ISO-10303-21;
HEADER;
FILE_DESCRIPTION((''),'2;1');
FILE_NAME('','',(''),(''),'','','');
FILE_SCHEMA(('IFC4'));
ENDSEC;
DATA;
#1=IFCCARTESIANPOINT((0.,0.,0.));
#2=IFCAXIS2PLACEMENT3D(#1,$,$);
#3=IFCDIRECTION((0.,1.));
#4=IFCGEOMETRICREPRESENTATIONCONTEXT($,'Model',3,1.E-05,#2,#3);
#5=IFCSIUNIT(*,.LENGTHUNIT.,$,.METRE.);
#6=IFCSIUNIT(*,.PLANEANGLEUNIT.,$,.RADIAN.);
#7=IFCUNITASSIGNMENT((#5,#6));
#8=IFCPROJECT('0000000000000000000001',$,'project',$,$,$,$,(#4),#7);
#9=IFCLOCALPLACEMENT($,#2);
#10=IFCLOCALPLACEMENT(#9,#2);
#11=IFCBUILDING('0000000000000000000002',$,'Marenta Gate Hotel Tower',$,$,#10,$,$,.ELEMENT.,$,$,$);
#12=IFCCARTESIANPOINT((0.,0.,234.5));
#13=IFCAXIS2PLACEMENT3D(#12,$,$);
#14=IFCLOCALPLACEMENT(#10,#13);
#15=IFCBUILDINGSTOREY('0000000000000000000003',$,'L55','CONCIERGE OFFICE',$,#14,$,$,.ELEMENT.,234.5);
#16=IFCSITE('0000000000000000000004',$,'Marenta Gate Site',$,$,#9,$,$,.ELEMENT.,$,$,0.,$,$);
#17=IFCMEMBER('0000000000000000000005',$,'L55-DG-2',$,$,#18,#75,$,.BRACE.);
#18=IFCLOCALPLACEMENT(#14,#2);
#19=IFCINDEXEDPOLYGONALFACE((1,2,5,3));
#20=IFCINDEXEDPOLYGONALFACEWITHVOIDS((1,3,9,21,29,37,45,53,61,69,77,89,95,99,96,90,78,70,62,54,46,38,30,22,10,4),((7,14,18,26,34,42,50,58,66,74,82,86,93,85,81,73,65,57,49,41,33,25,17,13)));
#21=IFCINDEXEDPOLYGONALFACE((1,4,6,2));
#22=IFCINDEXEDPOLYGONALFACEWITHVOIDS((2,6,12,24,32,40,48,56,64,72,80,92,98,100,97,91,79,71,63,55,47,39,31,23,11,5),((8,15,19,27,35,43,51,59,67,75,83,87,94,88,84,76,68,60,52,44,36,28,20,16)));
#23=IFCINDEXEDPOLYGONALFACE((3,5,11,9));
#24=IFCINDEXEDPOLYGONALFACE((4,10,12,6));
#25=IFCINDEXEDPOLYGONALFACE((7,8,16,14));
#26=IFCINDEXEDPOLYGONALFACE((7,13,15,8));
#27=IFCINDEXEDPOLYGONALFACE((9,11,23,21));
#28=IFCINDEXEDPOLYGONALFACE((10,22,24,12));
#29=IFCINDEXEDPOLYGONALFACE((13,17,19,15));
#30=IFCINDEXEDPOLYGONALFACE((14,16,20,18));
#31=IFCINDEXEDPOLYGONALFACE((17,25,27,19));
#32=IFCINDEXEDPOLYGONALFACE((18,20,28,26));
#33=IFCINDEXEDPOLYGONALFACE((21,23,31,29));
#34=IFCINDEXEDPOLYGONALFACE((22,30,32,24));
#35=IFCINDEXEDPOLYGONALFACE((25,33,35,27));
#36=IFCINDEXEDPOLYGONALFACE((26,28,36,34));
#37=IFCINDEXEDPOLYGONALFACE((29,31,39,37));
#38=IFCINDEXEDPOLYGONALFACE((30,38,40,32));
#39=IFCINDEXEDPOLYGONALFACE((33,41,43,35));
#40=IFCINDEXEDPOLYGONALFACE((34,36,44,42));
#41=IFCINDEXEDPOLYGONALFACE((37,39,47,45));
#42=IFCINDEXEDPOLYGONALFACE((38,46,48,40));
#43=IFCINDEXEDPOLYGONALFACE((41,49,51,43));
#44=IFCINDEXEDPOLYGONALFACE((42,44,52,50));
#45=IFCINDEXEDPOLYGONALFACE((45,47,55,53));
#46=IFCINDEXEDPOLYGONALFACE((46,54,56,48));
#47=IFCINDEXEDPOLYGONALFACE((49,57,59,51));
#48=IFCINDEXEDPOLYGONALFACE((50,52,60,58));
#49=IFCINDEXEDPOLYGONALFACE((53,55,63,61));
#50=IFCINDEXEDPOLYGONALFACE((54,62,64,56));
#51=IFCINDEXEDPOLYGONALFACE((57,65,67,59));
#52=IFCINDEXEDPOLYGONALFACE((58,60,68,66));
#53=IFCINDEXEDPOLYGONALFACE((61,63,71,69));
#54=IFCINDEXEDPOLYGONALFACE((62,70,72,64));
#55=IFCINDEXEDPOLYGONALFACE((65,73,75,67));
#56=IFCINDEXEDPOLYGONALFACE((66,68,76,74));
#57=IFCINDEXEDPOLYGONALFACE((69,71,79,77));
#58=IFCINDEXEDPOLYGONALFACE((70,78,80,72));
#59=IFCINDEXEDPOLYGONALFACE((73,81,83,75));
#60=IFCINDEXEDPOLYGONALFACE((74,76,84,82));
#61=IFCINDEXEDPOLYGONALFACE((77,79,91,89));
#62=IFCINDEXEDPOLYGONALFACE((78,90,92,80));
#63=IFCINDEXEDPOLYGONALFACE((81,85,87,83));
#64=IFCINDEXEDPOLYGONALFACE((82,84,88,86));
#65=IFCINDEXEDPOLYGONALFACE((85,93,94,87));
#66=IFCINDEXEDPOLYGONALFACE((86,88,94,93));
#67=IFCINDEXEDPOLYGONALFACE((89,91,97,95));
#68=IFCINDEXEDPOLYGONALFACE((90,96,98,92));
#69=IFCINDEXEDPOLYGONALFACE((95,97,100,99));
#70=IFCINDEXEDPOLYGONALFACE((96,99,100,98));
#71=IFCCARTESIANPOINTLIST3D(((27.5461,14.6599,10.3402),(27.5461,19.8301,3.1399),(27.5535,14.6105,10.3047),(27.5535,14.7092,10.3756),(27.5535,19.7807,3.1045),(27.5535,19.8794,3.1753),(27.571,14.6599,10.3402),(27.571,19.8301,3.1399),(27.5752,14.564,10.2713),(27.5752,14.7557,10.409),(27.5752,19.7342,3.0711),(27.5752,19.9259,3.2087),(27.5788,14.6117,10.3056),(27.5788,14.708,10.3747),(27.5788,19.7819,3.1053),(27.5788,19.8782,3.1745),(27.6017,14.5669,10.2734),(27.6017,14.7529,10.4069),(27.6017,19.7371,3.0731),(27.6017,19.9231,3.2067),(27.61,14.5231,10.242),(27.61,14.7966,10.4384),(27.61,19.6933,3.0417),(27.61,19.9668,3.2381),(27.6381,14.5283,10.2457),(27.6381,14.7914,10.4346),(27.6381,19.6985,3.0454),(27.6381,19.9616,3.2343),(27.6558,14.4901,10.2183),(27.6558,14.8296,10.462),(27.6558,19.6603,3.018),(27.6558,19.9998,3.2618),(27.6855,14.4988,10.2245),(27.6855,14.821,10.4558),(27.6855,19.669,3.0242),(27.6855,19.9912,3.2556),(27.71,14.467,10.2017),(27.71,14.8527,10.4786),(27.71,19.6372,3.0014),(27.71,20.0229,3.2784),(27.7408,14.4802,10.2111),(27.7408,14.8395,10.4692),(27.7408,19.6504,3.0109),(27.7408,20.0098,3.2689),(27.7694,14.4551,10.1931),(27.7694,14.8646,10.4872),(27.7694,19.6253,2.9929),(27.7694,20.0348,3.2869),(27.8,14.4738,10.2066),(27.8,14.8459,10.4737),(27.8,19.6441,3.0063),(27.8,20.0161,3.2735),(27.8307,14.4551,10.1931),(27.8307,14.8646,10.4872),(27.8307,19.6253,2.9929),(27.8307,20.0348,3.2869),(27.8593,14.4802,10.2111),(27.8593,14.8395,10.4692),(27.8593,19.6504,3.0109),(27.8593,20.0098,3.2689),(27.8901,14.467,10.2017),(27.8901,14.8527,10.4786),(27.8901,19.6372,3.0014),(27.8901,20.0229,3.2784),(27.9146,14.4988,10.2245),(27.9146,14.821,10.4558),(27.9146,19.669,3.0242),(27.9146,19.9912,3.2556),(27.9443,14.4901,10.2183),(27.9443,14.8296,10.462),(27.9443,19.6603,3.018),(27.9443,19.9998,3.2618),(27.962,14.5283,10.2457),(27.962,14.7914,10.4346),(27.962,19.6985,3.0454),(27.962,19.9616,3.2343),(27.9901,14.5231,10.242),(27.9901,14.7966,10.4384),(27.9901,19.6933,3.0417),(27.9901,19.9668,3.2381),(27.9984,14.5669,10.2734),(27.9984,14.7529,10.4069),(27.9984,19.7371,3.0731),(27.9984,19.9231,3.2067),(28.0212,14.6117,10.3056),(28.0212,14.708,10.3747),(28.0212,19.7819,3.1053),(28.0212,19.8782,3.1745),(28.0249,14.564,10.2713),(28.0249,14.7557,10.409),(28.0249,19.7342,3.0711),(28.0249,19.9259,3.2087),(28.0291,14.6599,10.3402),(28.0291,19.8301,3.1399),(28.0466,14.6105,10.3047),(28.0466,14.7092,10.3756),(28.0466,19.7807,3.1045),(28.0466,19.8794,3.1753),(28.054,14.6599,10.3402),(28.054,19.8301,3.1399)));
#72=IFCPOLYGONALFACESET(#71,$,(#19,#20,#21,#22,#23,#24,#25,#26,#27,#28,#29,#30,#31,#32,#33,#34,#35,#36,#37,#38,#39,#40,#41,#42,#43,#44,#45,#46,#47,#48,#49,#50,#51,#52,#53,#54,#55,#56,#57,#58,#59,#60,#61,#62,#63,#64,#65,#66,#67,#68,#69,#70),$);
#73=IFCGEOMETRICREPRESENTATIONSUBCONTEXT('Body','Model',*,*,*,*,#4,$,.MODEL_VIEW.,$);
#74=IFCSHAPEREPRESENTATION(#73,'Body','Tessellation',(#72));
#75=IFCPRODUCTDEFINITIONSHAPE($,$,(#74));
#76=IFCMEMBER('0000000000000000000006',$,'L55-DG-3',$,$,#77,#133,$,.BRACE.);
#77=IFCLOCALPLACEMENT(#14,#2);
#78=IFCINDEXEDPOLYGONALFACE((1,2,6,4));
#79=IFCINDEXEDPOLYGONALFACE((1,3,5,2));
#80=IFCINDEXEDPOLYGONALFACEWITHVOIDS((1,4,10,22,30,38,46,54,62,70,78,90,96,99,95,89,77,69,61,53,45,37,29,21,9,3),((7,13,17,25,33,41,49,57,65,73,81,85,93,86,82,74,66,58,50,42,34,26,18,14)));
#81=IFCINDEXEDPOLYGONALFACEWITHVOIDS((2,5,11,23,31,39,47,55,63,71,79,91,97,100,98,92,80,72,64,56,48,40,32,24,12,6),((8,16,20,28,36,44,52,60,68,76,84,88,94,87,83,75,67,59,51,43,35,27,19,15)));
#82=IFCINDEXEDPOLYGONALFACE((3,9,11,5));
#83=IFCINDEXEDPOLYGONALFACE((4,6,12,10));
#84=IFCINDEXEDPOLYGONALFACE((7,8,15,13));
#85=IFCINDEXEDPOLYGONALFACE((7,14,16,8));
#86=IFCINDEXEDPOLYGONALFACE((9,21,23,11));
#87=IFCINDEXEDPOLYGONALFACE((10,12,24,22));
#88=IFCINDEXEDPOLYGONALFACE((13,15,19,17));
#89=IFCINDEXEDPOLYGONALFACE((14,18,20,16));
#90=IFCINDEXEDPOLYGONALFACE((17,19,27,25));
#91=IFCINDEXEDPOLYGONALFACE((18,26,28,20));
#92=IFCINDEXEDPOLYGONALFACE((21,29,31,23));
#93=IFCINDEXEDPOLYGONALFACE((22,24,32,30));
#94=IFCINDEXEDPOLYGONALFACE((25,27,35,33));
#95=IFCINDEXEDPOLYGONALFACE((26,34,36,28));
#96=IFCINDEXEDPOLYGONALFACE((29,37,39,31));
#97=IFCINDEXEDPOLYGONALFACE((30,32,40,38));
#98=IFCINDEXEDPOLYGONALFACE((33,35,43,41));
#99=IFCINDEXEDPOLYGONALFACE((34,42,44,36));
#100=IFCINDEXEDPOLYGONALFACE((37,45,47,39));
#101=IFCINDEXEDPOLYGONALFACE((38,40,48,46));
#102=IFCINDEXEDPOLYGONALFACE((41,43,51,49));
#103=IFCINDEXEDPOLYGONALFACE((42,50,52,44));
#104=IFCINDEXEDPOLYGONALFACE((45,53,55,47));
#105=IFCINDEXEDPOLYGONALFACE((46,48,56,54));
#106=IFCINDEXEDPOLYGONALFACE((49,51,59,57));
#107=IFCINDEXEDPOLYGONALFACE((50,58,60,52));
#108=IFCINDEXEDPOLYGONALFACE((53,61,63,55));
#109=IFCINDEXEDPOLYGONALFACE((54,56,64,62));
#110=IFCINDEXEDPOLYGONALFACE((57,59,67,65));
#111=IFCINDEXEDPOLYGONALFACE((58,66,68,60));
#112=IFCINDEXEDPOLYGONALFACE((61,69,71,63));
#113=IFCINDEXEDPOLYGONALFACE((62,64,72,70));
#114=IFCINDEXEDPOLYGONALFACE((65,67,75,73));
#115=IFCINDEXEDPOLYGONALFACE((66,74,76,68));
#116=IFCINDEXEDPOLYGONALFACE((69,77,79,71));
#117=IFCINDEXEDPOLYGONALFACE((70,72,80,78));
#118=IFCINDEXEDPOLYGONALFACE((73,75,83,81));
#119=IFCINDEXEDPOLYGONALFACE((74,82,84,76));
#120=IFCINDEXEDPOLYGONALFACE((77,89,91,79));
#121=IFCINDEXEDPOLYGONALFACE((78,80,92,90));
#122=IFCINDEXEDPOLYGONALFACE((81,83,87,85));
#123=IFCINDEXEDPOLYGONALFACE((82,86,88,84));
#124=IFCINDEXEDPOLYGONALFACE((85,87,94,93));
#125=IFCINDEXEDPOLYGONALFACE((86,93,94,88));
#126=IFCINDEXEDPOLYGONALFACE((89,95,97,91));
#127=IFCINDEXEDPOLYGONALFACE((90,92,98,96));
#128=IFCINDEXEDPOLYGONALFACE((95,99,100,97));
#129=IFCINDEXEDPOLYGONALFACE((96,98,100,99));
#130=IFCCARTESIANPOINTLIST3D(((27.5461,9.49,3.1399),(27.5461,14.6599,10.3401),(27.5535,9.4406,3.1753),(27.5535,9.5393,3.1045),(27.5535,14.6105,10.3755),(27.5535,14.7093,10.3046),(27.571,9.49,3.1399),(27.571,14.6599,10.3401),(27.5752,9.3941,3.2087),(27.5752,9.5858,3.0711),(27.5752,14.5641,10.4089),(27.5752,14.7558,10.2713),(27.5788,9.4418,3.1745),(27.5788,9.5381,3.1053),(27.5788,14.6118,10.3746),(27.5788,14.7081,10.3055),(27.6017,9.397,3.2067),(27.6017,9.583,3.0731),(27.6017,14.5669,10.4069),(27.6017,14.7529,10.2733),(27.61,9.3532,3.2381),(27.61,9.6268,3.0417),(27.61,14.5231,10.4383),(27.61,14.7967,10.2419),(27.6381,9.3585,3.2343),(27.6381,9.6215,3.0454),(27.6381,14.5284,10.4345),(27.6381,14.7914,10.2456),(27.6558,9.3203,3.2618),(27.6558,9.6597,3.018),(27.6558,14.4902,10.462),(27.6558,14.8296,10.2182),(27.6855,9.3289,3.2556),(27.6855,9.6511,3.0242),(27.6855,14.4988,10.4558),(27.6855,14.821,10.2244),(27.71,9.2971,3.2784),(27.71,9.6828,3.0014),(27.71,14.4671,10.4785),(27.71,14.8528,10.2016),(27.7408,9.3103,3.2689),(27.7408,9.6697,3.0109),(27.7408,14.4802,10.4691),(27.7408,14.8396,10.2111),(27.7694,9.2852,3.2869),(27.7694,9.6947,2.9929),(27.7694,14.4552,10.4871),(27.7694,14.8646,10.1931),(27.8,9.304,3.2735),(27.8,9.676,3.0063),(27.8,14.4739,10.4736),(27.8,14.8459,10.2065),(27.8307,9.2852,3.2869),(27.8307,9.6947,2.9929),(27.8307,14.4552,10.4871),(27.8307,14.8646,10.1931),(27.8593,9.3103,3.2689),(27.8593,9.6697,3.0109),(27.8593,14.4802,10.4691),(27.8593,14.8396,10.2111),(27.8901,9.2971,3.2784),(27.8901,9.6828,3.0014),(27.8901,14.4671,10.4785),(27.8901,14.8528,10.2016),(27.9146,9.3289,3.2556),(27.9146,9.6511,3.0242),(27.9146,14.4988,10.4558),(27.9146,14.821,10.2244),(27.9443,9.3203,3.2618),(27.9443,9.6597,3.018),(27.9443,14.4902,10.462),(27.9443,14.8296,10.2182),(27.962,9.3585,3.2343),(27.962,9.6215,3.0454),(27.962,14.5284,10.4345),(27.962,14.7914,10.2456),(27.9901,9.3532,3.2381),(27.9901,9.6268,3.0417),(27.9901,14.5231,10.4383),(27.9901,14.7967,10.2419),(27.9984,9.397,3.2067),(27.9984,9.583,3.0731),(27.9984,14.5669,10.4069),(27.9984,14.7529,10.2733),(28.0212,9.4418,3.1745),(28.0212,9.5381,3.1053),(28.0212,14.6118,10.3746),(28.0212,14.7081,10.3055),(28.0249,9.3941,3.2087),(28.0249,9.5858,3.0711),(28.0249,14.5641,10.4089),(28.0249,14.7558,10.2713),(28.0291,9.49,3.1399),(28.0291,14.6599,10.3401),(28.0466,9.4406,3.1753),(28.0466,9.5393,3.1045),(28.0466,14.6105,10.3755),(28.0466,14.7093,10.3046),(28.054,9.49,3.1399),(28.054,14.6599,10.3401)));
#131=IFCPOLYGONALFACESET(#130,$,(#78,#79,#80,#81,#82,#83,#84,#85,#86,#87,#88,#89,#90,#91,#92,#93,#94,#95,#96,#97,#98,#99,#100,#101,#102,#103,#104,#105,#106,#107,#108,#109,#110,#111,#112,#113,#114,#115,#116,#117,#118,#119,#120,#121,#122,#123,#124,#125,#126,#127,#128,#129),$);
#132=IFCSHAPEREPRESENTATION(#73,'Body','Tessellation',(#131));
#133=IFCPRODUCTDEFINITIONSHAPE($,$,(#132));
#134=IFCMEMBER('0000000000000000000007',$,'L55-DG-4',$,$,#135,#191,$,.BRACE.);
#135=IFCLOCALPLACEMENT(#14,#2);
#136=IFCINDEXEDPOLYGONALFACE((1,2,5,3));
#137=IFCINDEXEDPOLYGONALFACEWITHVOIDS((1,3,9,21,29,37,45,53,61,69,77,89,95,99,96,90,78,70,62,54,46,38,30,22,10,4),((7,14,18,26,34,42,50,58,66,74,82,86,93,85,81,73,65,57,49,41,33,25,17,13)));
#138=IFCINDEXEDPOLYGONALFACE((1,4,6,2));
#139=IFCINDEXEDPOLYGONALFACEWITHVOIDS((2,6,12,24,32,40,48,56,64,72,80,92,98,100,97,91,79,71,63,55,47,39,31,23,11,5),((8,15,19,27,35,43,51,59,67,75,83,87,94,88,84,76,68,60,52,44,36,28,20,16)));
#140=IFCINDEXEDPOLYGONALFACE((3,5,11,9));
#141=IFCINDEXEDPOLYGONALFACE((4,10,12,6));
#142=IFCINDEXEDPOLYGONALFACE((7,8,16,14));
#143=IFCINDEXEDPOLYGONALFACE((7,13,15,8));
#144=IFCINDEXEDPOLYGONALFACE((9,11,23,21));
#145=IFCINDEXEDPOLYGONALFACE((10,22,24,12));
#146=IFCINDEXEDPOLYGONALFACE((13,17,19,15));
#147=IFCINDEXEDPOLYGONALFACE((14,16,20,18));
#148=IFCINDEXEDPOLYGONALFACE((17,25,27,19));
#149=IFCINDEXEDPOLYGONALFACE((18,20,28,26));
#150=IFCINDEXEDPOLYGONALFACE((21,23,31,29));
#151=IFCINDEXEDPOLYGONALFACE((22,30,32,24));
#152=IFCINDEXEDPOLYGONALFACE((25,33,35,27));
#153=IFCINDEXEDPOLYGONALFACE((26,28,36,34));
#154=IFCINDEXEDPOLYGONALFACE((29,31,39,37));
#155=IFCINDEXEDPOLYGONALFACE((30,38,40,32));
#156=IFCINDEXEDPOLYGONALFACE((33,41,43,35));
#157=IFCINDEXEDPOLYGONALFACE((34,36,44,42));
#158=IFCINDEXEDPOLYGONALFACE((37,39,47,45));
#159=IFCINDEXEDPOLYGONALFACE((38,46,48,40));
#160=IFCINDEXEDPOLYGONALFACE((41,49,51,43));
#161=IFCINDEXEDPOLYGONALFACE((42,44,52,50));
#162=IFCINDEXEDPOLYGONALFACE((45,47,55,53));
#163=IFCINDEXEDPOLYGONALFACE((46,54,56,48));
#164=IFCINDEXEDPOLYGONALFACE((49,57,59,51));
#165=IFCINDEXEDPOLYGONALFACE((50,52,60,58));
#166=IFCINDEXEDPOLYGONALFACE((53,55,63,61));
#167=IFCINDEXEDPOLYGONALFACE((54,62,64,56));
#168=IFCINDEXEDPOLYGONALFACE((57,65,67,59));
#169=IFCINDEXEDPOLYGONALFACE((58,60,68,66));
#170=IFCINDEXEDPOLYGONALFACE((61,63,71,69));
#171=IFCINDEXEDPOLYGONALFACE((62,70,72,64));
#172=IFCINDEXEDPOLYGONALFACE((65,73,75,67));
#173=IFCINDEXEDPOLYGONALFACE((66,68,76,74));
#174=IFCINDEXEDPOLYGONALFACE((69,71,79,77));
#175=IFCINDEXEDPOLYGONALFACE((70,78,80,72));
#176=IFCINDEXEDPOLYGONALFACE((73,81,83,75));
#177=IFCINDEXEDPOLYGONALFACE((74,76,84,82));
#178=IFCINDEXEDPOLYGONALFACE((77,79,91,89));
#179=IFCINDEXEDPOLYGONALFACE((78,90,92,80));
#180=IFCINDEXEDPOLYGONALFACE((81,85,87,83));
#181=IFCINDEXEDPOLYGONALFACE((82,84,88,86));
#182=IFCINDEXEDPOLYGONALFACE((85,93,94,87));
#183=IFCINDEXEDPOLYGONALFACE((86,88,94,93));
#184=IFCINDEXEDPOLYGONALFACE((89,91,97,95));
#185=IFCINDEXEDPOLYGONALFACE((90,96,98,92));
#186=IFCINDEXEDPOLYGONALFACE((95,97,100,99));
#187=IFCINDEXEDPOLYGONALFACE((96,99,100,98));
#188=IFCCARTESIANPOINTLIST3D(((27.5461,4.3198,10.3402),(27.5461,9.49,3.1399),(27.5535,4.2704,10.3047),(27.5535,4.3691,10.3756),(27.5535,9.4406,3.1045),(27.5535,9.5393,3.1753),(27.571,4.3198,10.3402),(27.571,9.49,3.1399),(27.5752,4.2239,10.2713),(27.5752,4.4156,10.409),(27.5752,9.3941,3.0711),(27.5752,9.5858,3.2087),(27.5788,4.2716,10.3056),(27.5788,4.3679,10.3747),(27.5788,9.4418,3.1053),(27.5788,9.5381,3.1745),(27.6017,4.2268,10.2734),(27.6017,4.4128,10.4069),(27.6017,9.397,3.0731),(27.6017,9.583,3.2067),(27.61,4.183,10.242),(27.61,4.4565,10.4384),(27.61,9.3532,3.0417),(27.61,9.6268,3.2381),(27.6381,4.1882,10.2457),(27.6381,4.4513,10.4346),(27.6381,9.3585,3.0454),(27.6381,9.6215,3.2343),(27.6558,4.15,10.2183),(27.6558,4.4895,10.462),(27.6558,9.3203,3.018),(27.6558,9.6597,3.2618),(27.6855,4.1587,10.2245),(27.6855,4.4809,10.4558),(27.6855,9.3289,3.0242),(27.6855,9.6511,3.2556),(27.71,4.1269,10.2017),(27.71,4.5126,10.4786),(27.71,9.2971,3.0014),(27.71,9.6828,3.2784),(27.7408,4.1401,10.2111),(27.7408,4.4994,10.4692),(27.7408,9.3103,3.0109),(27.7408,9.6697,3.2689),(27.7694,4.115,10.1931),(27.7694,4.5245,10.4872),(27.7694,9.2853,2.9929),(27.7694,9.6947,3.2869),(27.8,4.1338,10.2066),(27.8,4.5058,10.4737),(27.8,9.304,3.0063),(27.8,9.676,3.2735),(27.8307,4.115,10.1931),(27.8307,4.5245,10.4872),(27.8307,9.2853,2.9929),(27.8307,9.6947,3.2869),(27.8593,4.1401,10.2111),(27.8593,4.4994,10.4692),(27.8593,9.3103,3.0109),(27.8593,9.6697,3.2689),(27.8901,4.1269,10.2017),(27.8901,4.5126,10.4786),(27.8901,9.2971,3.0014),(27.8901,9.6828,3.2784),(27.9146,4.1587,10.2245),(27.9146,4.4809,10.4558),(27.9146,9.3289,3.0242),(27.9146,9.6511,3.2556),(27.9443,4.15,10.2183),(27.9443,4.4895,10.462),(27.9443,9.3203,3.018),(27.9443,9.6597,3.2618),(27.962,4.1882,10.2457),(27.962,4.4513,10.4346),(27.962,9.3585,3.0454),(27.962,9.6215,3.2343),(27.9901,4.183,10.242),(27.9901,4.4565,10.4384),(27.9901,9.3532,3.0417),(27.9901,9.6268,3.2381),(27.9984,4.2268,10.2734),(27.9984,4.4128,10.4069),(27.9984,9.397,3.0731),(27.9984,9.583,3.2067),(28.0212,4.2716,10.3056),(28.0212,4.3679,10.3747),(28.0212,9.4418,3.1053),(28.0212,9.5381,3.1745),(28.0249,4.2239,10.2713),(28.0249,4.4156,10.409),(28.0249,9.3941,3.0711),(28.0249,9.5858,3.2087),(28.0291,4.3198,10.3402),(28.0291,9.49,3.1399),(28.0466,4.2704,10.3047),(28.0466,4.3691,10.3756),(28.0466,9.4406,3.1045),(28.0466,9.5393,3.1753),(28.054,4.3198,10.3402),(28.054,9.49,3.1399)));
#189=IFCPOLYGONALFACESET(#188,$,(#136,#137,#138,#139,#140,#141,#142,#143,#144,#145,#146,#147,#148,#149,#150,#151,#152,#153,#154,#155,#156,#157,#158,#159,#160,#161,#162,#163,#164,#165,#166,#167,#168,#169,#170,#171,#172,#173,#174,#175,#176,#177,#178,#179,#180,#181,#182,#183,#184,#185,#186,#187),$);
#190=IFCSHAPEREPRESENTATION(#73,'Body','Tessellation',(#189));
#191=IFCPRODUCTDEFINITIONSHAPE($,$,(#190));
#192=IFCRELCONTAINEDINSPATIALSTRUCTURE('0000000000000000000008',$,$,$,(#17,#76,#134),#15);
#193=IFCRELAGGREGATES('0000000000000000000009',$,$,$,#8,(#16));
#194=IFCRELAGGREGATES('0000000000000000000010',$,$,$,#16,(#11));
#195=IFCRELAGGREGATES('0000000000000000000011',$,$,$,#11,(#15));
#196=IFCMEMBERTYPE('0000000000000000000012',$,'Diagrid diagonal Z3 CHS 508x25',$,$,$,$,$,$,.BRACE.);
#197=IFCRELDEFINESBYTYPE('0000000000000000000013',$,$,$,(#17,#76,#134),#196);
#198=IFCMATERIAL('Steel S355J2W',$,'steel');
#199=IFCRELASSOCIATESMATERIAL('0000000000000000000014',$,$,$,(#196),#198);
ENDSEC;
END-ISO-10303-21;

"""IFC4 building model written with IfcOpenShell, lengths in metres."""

from ifc_helpers import new_model, si_unit, direction, frame, origin, origin_2d, place, context, subcontext, project, spatial, hollow_circle, extrude, material, material_profile, profile_set, type_object, element, save


model = new_model("IFC4")

# Units and contexts
model_context = context("Model", 3, precision=1e-05, world=origin(), true_north=direction((0.0, 1.0)))
body_context = subcontext(model_context, "Body", "Model", "MODEL_VIEW")
ifc_project = project(units=[si_unit("LENGTHUNIT", "METRE"), si_unit("PLANEANGLEUNIT", "RADIAN")], contexts=[model_context])

# Site, building, storey
site_placement = place(None, origin())
site = spatial("IfcSite", under=ifc_project, at=site_placement, Name="Marenta Gate Site", CompositionType="ELEMENT", RefElevation=0.0)
building_placement = place(site_placement, origin())
building = spatial("IfcBuilding", under=site, at=building_placement, Name="Marenta Gate Hotel Tower", CompositionType="ELEMENT")
storey_placement = place(building_placement, frame((0.0, 0.0, 234.5)))
storey = spatial("IfcBuildingStorey", under=building, at=storey_placement, Name="L55", Description="CONCIERGE OFFICE", CompositionType="ELEMENT", Elevation=234.5)

# Members
ifc_material_1 = material(Name="Steel S355J2W", Category="steel")
ifc_material_profile_1 = material_profile(ifc_material_1, hollow_circle(Radius=0.2539, WallThickness=0.0249, at=origin_2d()), Name="CHS 508x25")
ifc_profile_set_1 = profile_set([ifc_material_profile_1], Name="Steel S355J2W")
member_type_1 = type_object("IfcMemberType", Name="Diagrid diagonal Z3 CHS 508x25", PredefinedType="BRACE", material=ifc_profile_set_1)
member_1_placement = place(storey_placement, frame((27.8, 19.8301, 3.1399), z_axis=(0.0, -0.583266, 0.812281), x_axis=(1.0, 0.0, 0.0)))
element("IfcMember", 1, at=member_1_placement, inside=storey, type_object=member_type_1, Name="L55-DG-2", PredefinedType="BRACE", context=body_context, shape_type="SweptSolid", body=[
    extrude(hollow_circle(Radius=0.2539, WallThickness=0.0249, at=origin_2d()), origin(), (0.0, 0.0, 1.0), 8.8643),
])
member_2_placement = place(storey_placement, frame((27.8, 9.49, 3.1399), z_axis=(0.0, 0.583248, 0.812294), x_axis=(-1.0, 0.0, 0.0)))
element("IfcMember", 2, at=member_2_placement, inside=storey, type_object=member_type_1, Name="L55-DG-3", PredefinedType="BRACE", context=body_context, shape_type="SweptSolid", body=[
    extrude(hollow_circle(Radius=0.2539, WallThickness=0.0249, at=origin_2d()), origin(), (0.0, 0.0, 1.0), 8.864),
])
member_3_placement = place(storey_placement, frame((27.8, 9.49, 3.1399), z_axis=(0.0, -0.583266, 0.812281), x_axis=(1.0, 0.0, 0.0)))
element("IfcMember", 3, at=member_3_placement, inside=storey, type_object=member_type_1, Name="L55-DG-4", PredefinedType="BRACE", context=body_context, shape_type="SweptSolid", body=[
    extrude(hollow_circle(Radius=0.2539, WallThickness=0.0249, at=origin_2d()), origin(), (0.0, 0.0, 1.0), 8.8643),
])

save(model, "model.ifc")
